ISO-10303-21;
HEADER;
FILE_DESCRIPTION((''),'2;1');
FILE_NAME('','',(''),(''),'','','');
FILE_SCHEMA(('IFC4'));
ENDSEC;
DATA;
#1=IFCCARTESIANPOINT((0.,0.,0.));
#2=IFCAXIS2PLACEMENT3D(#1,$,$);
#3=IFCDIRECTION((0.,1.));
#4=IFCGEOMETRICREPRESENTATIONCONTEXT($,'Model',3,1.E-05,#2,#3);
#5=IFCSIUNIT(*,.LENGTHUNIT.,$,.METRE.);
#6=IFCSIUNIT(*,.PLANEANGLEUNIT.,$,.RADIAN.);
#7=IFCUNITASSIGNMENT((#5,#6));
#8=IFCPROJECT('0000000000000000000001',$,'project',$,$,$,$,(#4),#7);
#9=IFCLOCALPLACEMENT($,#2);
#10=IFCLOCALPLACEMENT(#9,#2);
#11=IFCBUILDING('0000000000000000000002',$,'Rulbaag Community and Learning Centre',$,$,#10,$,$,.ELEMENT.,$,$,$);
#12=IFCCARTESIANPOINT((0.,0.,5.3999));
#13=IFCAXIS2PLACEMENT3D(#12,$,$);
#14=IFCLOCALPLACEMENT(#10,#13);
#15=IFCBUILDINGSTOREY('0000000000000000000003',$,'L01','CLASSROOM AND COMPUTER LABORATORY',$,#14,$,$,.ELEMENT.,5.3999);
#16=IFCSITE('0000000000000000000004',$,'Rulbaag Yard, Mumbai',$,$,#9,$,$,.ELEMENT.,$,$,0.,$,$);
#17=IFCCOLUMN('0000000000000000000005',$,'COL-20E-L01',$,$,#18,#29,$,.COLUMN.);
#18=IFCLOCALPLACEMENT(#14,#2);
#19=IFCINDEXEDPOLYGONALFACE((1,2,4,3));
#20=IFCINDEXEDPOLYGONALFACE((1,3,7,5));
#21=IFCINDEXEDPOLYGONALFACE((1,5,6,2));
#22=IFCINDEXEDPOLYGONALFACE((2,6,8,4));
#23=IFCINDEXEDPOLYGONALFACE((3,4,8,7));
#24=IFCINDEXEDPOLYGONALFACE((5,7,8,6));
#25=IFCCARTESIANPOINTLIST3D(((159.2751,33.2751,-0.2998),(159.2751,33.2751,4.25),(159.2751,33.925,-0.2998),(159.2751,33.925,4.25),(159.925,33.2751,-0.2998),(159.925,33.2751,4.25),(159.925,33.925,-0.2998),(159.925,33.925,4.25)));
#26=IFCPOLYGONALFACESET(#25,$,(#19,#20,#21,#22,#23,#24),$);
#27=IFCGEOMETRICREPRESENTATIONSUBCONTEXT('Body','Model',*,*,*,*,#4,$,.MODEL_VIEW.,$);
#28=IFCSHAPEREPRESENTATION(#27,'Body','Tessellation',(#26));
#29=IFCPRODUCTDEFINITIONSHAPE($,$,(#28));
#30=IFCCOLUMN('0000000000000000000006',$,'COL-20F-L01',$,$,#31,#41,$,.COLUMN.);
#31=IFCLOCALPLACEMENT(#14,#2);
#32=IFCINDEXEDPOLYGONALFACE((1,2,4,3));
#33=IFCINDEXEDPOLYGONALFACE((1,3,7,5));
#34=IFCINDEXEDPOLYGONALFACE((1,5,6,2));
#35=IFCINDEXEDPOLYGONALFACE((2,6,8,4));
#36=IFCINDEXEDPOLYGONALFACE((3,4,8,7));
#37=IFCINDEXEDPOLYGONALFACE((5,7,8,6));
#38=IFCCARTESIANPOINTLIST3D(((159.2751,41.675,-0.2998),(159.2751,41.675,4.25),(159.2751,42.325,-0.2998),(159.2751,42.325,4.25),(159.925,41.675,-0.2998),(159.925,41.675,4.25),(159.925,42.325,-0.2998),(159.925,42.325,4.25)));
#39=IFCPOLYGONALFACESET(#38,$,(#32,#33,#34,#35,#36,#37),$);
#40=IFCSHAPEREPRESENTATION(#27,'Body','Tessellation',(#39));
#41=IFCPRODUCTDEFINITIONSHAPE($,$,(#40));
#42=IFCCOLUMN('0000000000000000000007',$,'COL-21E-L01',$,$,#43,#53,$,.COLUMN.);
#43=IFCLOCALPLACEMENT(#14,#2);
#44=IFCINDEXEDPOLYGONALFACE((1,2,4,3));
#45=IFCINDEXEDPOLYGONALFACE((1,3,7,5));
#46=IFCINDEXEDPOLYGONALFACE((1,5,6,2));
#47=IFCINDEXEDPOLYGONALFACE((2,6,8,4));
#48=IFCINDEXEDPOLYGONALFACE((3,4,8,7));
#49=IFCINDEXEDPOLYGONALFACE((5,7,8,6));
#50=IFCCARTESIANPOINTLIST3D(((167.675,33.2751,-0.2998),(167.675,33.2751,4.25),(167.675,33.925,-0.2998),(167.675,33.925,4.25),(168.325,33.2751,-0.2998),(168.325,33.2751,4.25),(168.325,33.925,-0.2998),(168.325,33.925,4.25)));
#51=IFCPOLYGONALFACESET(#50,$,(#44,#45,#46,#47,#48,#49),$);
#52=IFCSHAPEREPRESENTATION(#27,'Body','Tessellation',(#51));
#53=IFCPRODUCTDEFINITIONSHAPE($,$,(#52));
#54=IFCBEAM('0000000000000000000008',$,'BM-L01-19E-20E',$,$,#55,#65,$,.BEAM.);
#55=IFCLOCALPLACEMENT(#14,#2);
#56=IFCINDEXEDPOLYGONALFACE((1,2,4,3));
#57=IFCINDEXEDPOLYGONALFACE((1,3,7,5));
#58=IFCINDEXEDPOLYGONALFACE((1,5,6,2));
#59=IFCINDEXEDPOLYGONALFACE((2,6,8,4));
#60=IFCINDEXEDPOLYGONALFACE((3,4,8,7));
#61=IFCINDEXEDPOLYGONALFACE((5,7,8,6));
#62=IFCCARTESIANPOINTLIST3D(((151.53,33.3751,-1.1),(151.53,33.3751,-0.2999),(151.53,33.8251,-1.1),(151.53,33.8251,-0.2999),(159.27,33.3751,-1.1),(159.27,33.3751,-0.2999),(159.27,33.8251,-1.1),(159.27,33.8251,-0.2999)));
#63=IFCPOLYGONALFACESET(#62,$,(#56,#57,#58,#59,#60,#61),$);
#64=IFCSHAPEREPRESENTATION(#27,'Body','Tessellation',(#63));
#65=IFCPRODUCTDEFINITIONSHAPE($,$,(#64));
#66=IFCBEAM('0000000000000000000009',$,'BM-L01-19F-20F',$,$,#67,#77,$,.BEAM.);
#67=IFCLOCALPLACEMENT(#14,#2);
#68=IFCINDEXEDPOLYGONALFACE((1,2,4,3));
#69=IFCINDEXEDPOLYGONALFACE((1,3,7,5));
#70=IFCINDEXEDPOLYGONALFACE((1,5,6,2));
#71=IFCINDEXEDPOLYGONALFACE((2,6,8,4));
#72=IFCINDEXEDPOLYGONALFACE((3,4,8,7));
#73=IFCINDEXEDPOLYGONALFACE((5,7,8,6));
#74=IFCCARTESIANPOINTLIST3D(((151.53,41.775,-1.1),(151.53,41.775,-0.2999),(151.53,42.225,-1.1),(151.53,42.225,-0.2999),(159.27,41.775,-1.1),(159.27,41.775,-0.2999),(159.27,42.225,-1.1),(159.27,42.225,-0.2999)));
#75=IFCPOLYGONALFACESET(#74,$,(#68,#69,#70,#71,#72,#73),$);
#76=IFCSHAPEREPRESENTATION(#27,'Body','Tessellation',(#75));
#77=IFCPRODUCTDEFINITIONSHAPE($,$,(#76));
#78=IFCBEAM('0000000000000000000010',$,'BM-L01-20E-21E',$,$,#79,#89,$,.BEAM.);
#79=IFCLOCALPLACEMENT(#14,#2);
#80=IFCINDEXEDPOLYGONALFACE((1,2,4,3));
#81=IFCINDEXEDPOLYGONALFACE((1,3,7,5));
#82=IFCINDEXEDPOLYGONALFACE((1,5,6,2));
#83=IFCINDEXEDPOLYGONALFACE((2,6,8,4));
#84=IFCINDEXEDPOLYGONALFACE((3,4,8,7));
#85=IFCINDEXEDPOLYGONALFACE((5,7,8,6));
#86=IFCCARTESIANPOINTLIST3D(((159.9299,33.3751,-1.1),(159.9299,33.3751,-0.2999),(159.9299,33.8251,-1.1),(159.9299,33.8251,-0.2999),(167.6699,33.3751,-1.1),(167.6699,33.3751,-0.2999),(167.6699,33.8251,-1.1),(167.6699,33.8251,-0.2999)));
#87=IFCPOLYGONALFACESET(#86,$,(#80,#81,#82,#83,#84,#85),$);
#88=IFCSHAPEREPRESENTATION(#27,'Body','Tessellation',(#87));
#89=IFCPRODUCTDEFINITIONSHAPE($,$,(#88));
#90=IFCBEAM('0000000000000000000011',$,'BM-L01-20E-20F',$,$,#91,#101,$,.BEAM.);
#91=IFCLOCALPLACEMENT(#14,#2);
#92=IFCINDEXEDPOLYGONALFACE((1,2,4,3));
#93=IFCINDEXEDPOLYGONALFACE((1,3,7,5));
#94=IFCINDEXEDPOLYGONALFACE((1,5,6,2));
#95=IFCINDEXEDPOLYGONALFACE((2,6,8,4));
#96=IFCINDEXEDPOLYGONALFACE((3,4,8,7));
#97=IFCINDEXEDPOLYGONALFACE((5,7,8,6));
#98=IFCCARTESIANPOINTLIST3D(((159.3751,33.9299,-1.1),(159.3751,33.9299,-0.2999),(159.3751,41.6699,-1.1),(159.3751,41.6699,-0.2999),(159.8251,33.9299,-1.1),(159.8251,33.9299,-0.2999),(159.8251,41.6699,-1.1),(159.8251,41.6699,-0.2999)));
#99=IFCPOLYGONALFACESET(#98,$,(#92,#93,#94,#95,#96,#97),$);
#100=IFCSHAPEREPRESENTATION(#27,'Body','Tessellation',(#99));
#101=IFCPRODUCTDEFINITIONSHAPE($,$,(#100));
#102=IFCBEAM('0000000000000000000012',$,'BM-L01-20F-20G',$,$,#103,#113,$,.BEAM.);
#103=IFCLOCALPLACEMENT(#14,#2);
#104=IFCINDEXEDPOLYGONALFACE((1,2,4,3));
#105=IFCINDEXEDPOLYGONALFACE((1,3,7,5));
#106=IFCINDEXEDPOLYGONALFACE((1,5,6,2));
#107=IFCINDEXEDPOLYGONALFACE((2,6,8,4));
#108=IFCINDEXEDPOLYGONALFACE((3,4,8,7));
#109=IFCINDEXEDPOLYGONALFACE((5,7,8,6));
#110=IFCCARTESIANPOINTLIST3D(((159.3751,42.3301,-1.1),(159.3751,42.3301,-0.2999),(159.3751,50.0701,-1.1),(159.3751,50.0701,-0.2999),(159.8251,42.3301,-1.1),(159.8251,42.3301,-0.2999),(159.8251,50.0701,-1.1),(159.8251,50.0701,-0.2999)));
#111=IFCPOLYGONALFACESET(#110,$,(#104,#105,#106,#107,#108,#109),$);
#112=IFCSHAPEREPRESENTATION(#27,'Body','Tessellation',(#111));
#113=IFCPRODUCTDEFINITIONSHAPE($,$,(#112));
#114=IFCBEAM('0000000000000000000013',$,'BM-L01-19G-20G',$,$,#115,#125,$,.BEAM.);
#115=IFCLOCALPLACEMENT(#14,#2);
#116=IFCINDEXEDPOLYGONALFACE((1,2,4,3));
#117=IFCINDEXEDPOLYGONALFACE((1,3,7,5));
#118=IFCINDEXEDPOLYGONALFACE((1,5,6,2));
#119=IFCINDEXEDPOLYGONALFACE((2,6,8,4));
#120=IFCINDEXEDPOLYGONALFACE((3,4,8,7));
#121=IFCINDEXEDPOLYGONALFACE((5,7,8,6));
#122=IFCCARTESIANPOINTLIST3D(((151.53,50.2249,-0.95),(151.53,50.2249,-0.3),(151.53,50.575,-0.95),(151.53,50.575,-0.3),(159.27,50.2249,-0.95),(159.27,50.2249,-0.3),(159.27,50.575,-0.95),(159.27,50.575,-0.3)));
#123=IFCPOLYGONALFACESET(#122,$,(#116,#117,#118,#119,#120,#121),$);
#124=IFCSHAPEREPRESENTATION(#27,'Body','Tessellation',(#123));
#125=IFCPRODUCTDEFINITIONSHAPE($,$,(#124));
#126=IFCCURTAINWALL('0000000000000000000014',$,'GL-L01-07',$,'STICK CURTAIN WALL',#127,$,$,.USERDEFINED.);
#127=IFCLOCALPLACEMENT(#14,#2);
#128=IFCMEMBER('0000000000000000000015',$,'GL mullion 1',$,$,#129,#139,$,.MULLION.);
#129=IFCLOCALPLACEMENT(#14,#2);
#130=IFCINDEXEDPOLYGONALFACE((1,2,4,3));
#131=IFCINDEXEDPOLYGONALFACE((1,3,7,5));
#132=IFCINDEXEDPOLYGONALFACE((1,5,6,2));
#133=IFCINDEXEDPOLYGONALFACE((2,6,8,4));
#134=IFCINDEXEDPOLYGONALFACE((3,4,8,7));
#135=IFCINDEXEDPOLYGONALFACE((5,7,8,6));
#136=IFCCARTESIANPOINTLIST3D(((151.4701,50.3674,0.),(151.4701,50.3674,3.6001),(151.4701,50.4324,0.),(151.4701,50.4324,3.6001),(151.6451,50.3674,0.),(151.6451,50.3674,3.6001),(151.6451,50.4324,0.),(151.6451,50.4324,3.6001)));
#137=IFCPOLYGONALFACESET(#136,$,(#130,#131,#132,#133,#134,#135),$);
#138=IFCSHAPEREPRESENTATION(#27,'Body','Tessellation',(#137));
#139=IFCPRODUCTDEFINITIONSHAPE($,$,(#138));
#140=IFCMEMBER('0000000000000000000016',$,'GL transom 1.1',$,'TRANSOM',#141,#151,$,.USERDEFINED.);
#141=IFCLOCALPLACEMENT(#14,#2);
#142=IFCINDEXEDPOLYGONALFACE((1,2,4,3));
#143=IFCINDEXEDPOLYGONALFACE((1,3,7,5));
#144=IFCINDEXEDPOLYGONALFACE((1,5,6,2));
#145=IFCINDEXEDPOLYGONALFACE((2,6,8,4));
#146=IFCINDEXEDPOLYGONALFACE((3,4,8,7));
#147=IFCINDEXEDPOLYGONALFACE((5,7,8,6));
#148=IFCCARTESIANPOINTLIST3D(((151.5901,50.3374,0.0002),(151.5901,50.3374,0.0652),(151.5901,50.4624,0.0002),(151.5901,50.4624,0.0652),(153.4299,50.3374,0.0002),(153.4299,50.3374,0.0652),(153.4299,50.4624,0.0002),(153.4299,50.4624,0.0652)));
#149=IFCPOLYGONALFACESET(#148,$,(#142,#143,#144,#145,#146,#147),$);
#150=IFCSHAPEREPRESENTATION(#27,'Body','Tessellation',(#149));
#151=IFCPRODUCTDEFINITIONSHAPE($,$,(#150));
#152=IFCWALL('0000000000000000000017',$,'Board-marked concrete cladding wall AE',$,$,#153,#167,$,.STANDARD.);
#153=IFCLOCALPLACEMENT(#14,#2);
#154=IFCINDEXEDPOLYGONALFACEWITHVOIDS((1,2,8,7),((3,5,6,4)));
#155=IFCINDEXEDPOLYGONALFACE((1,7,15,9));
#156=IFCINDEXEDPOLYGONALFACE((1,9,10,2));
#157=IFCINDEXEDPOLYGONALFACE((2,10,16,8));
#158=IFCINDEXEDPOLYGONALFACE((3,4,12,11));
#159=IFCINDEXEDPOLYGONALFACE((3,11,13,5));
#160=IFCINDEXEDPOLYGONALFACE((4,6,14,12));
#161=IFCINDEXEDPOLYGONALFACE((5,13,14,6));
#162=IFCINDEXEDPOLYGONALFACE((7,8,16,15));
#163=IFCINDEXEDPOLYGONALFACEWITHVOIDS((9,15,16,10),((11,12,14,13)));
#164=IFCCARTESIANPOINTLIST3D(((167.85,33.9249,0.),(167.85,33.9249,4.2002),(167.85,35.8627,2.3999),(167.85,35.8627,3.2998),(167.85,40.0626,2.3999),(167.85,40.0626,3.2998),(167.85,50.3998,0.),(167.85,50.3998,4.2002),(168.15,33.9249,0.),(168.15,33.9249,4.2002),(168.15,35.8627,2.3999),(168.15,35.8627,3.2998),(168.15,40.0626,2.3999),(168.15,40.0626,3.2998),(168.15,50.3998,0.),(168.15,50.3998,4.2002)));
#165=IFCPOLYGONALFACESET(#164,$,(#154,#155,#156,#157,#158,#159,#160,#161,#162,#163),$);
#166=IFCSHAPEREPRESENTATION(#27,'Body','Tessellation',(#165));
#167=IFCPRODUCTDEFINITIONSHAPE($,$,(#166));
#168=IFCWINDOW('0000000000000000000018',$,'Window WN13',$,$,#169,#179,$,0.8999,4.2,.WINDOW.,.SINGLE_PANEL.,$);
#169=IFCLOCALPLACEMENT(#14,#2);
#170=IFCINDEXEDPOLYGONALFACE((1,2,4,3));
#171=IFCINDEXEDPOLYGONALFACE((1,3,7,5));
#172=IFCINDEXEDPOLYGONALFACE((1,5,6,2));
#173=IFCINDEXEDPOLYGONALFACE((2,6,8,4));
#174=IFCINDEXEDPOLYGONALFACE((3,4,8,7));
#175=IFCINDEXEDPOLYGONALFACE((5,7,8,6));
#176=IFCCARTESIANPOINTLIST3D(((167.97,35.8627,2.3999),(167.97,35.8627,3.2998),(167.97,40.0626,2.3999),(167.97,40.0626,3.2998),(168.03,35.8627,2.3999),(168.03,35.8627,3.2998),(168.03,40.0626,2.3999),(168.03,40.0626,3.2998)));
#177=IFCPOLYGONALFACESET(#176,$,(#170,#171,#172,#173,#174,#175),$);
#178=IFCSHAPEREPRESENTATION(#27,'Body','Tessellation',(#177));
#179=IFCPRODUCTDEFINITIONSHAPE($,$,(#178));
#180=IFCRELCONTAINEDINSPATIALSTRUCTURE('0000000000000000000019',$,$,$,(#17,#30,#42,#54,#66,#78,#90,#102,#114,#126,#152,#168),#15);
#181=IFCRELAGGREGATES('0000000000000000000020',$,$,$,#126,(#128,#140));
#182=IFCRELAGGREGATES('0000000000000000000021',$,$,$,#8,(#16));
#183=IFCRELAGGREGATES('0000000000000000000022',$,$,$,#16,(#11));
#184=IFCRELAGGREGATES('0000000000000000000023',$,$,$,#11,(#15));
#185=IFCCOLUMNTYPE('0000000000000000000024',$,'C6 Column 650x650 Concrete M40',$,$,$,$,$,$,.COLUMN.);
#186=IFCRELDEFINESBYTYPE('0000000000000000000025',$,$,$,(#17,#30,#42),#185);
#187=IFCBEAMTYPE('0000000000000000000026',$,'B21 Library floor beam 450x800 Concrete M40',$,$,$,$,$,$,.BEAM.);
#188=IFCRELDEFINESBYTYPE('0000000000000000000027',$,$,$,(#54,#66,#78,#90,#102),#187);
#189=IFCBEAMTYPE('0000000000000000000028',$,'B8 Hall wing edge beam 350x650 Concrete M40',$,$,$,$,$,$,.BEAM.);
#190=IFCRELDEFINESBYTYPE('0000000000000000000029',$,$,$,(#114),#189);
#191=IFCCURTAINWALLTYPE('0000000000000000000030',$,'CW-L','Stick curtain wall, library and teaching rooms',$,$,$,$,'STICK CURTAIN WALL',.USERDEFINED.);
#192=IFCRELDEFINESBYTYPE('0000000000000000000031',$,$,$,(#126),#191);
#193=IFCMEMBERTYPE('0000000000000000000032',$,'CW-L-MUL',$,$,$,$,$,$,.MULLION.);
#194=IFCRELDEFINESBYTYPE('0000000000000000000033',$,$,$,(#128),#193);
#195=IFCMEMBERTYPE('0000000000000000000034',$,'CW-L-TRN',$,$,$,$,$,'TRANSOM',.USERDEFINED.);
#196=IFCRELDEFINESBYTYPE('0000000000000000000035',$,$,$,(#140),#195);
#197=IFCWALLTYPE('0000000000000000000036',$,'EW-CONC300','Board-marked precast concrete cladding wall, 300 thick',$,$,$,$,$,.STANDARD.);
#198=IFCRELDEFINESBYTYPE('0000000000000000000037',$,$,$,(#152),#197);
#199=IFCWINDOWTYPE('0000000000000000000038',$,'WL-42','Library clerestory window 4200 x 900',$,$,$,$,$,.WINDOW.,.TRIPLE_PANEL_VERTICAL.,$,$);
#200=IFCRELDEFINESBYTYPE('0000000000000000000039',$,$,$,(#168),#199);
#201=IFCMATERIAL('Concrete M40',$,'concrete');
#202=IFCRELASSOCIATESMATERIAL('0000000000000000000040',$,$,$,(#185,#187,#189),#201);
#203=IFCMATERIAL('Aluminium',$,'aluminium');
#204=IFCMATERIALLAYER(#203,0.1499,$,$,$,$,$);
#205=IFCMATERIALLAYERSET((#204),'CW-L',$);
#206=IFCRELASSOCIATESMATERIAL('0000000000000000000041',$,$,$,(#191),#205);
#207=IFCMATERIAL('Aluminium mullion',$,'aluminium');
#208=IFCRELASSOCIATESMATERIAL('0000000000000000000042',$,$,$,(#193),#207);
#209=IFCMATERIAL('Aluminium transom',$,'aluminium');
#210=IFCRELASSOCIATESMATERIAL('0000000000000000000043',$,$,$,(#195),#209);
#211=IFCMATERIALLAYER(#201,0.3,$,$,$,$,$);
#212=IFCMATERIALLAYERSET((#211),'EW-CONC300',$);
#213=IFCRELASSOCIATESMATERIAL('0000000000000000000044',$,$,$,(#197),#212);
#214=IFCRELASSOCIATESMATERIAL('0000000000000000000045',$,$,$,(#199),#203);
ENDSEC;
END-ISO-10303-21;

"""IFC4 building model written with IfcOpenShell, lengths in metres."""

from ifc_helpers import new_model, si_unit, direction, frame, frame_2d, origin, origin_2d, place, context, subcontext, project, spatial, rectangle, extrude, material, layer, layer_set, material_profile, profile_set, type_object, element, fill, aggregate, save


model = new_model("IFC4")

# Units and contexts
model_context = context("Model", 3, precision=1e-05, world=origin(), true_north=direction((0.0, 1.0)))
body_context = subcontext(model_context, "Body", "Model", "MODEL_VIEW")
ifc_project = project(units=[si_unit("LENGTHUNIT", "METRE"), si_unit("PLANEANGLEUNIT", "RADIAN")], contexts=[model_context])

# Site, building, storey
site_placement = place(None, origin())
site = spatial("IfcSite", under=ifc_project, at=site_placement, Name="Rulbaag Yard, Mumbai", CompositionType="ELEMENT", RefElevation=0.0)
building_placement = place(site_placement, origin())
building = spatial("IfcBuilding", under=site, at=building_placement, Name="Rulbaag Community and Learning Centre", CompositionType="ELEMENT")
storey_placement = place(building_placement, frame((0.0, 0.0, 5.3999)))
storey = spatial("IfcBuildingStorey", under=building, at=storey_placement, Name="L01", Description="CLASSROOM AND COMPUTER LABORATORY", CompositionType="ELEMENT", Elevation=5.3999)

# Columns
ifc_material_1 = material(Name="Concrete M40", Category="concrete")
ifc_material_profile_1 = material_profile(ifc_material_1, rectangle(XDim=0.6499, YDim=0.6499, at=origin_2d()), Name="RC650x650")
ifc_profile_set_1 = profile_set([ifc_material_profile_1], Name="Concrete M40")
column_type = type_object("IfcColumnType", Name="C6 Column 650x650 Concrete M40", PredefinedType="COLUMN", material=ifc_profile_set_1)
for number, where, z_axis, x_axis, name in (
    (1, (159.6001, 33.6001, -0.2998), (0.0, 0.0, 1.0), (1.0, 0.0, 0.0), "COL-20E-L01"),
    (2, (159.6001, 42.0, -0.2998), (0.0, 0.0, 1.0), (1.0, 0.0, 0.0), "COL-20F-L01"),
    (3, (168.0, 33.6001, -0.2998), (0.0, 0.0, 1.0), (1.0, 0.0, 0.0), "COL-21E-L01"),
):
    element("IfcColumn", number, at=place(storey_placement, frame(where, z_axis=z_axis, x_axis=x_axis)), inside=storey, type_object=column_type, Name=name, PredefinedType="COLUMN", context=body_context, shape_type="SweptSolid", body=[
        extrude(rectangle(XDim=0.6499, YDim=0.6499, at=origin_2d()), origin(), (0.0, 0.0, 1.0), 4.5498),
    ])

# Beams
ifc_material_profile_2 = material_profile(ifc_material_1, rectangle(XDim=0.45, YDim=0.8, at=origin_2d()), Name="RB450x800")
ifc_profile_set_2 = profile_set([ifc_material_profile_2], Name="Concrete M40")
beam_type_1 = type_object("IfcBeamType", Name="B21 Library floor beam 450x800 Concrete M40", PredefinedType="BEAM", material=ifc_profile_set_2)
for number, where, z_axis, x_axis, name in (
    (4, (151.53, 33.6001, -0.7), (1.0, 0.0, 0.0), (0.0, 1.0, 0.0), "BM-L01-19E-20E"),
    (5, (151.53, 42.0, -0.7), (1.0, 0.0, 0.0), (0.0, 1.0, 0.0), "BM-L01-19F-20F"),
    (6, (159.9299, 33.6001, -0.7), (1.0, 0.0, 0.0), (0.0, 1.0, 0.0), "BM-L01-20E-21E"),
    (7, (159.6001, 33.9299, -0.7), (0.0, 1.0, 0.0), (-1.0, 0.0, 0.0), "BM-L01-20E-20F"),
    (8, (159.6001, 42.3301, -0.7), (0.0, 1.0, 0.0), (-1.0, 0.0, 0.0), "BM-L01-20F-20G"),
):
    element("IfcBeam", number, at=place(storey_placement, frame(where, z_axis=z_axis, x_axis=x_axis)), inside=storey, type_object=beam_type_1, Name=name, PredefinedType="BEAM", context=body_context, shape_type="SweptSolid", body=[
        extrude(rectangle(XDim=0.45, YDim=0.8, at=origin_2d()), origin(), (0.0, 0.0, 1.0), 7.74),
    ])
ifc_material_profile_3 = material_profile(ifc_material_1, rectangle(XDim=0.3501, YDim=0.6499, at=origin_2d()), Name="RB350x650")
ifc_profile_set_3 = profile_set([ifc_material_profile_3], Name="Concrete M40")
beam_type_2 = type_object("IfcBeamType", Name="B8 Hall wing edge beam 350x650 Concrete M40", PredefinedType="BEAM", material=ifc_profile_set_3)
beam_placement = place(storey_placement, frame((151.53, 50.3999, -0.625), z_axis=(1.0, 0.0, 0.0), x_axis=(0.0, 1.0, 0.0)))
element("IfcBeam", 9, at=beam_placement, inside=storey, type_object=beam_type_2, Name="BM-L01-19G-20G", PredefinedType="BEAM", context=body_context, shape_type="SweptSolid", body=[
    extrude(rectangle(XDim=0.3501, YDim=0.6499, at=origin_2d()), origin(), (0.0, 0.0, 1.0), 7.74),
])

# Curtain wall, members
ifc_material_2 = material(Name="Aluminium", Category="aluminium")
ifc_layer_1 = layer(ifc_material_2, 0.1499)
ifc_layer_set_1 = layer_set([ifc_layer_1], Name="CW-L")
curtain_wall_type = type_object("IfcCurtainWallType", Name="CW-L", Description="Stick curtain wall, library and teaching rooms", ElementType="STICK CURTAIN WALL", PredefinedType="USERDEFINED", material=ifc_layer_set_1)
curtain_wall_placement = place(storey_placement, origin())
curtain_wall = element("IfcCurtainWall", 10, at=curtain_wall_placement, inside=storey, type_object=curtain_wall_type, Name="GL-L01-07", ObjectType="STICK CURTAIN WALL", PredefinedType="USERDEFINED")
ifc_material_3 = material(Name="Aluminium mullion", Category="aluminium")
ifc_material_profile_4 = material_profile(ifc_material_3, rectangle(XDim=0.0649, YDim=0.175, at=origin_2d()), Name="AL 65x175")
ifc_profile_set_4 = profile_set([ifc_material_profile_4], Name="Aluminium mullion")
member_type_1 = type_object("IfcMemberType", Name="CW-L-MUL", PredefinedType="MULLION", material=ifc_profile_set_4)
member_1_placement = place(storey_placement, frame((151.5576, 50.3999, 0.0), z_axis=(0.0, 0.0, 1.0), x_axis=(0.0, 1.0, 0.0)))
member_1 = element("IfcMember", 11, at=member_1_placement, type_object=member_type_1, Name="GL mullion 1", PredefinedType="MULLION", context=body_context, shape_type="SweptSolid", body=[
    extrude(rectangle(XDim=0.0649, YDim=0.175, at=origin_2d()), origin(), (0.0, 0.0, 1.0), 3.6001),
])
ifc_material_4 = material(Name="Aluminium transom", Category="aluminium")
ifc_material_profile_5 = material_profile(ifc_material_4, rectangle(XDim=0.125, YDim=0.0649, at=origin_2d()), Name="AL 65x125 T")
ifc_profile_set_5 = profile_set([ifc_material_profile_5], Name="Aluminium transom")
member_type_2 = type_object("IfcMemberType", Name="CW-L-TRN", ElementType="TRANSOM", PredefinedType="USERDEFINED", material=ifc_profile_set_5)
member_2_placement = place(storey_placement, frame((151.5901, 50.3999, 0.0327), z_axis=(1.0, 0.0, 0.0), x_axis=(0.0, 1.0, 0.0)))
member_2 = element("IfcMember", 12, at=member_2_placement, type_object=member_type_2, Name="GL transom 1.1", ObjectType="TRANSOM", PredefinedType="USERDEFINED", context=body_context, shape_type="SweptSolid", body=[
    extrude(rectangle(XDim=0.125, YDim=0.0649, at=origin_2d()), origin(), (0.0, 0.0, 1.0), 1.8398),
])
aggregate(curtain_wall, [member_1, member_2])

# Wall, opening, window
ifc_layer_2 = layer(ifc_material_1, 0.3)
ifc_layer_set_2 = layer_set([ifc_layer_2], Name="EW-CONC300")
wall_type_1 = type_object("IfcWallType", Name="EW-CONC300", Description="Board-marked precast concrete cladding wall, 300 thick", PredefinedType="STANDARD", material=ifc_layer_set_2)
wall_1_placement = place(storey_placement, frame((168.0, 33.925, 0.0), z_axis=(0.0, 0.0, 1.0), x_axis=(0.0, 1.0, 0.0)))
wall_1 = element("IfcWall", 13, at=wall_1_placement, inside=storey, type_object=wall_type_1, Name="Board-marked concrete cladding wall AE", PredefinedType="STANDARD", context=body_context, shape_type="SweptSolid", body=[
    extrude(rectangle(XDim=16.4749, YDim=0.3, at=frame_2d((8.2373, 0.0))), origin(), (0.0, 0.0, 1.0), 4.2002),
])
opening_1_placement = place(wall_1_placement, frame((1.9375, 0.0, 2.3999)))
opening_1 = element("IfcOpeningElement", 14, at=opening_1_placement, cuts=wall_1, PredefinedType="OPENING", context=body_context, shape_type="SweptSolid", body=[
    extrude(rectangle(XDim=4.2, YDim=0.8999, at=frame_2d((2.1001, 0.45))), frame((0.0, 0.1599, 0.0), z_axis=(0.0, -1.0, 0.0), x_axis=(1.0, 0.0, 0.0)), (0.0, 0.0, 1.0), 0.3201),
])
window_type = type_object("IfcWindowType", Name="WL-42", Description="Library clerestory window 4200 x 900", PartitioningType="TRIPLE_PANEL_VERTICAL", PredefinedType="WINDOW", material=ifc_material_2)
window_placement = place(opening_1_placement, origin())
window = element("IfcWindow", 15, at=window_placement, inside=storey, type_object=window_type, Name="Window WN13", OverallHeight=0.8999, OverallWidth=4.2, PartitioningType="SINGLE_PANEL", PredefinedType="WINDOW", context=body_context, shape_type="SweptSolid", body=[
    extrude(rectangle(XDim=4.2, YDim=0.8999, at=frame_2d((2.1001, 0.45))), frame((0.0, 0.03, 0.0), z_axis=(0.0, -1.0, 0.0), x_axis=(1.0, 0.0, 0.0)), (0.0, 0.0, 1.0), 0.0601),
])
fill(opening_1, window)

save(model, "model.ifc")
